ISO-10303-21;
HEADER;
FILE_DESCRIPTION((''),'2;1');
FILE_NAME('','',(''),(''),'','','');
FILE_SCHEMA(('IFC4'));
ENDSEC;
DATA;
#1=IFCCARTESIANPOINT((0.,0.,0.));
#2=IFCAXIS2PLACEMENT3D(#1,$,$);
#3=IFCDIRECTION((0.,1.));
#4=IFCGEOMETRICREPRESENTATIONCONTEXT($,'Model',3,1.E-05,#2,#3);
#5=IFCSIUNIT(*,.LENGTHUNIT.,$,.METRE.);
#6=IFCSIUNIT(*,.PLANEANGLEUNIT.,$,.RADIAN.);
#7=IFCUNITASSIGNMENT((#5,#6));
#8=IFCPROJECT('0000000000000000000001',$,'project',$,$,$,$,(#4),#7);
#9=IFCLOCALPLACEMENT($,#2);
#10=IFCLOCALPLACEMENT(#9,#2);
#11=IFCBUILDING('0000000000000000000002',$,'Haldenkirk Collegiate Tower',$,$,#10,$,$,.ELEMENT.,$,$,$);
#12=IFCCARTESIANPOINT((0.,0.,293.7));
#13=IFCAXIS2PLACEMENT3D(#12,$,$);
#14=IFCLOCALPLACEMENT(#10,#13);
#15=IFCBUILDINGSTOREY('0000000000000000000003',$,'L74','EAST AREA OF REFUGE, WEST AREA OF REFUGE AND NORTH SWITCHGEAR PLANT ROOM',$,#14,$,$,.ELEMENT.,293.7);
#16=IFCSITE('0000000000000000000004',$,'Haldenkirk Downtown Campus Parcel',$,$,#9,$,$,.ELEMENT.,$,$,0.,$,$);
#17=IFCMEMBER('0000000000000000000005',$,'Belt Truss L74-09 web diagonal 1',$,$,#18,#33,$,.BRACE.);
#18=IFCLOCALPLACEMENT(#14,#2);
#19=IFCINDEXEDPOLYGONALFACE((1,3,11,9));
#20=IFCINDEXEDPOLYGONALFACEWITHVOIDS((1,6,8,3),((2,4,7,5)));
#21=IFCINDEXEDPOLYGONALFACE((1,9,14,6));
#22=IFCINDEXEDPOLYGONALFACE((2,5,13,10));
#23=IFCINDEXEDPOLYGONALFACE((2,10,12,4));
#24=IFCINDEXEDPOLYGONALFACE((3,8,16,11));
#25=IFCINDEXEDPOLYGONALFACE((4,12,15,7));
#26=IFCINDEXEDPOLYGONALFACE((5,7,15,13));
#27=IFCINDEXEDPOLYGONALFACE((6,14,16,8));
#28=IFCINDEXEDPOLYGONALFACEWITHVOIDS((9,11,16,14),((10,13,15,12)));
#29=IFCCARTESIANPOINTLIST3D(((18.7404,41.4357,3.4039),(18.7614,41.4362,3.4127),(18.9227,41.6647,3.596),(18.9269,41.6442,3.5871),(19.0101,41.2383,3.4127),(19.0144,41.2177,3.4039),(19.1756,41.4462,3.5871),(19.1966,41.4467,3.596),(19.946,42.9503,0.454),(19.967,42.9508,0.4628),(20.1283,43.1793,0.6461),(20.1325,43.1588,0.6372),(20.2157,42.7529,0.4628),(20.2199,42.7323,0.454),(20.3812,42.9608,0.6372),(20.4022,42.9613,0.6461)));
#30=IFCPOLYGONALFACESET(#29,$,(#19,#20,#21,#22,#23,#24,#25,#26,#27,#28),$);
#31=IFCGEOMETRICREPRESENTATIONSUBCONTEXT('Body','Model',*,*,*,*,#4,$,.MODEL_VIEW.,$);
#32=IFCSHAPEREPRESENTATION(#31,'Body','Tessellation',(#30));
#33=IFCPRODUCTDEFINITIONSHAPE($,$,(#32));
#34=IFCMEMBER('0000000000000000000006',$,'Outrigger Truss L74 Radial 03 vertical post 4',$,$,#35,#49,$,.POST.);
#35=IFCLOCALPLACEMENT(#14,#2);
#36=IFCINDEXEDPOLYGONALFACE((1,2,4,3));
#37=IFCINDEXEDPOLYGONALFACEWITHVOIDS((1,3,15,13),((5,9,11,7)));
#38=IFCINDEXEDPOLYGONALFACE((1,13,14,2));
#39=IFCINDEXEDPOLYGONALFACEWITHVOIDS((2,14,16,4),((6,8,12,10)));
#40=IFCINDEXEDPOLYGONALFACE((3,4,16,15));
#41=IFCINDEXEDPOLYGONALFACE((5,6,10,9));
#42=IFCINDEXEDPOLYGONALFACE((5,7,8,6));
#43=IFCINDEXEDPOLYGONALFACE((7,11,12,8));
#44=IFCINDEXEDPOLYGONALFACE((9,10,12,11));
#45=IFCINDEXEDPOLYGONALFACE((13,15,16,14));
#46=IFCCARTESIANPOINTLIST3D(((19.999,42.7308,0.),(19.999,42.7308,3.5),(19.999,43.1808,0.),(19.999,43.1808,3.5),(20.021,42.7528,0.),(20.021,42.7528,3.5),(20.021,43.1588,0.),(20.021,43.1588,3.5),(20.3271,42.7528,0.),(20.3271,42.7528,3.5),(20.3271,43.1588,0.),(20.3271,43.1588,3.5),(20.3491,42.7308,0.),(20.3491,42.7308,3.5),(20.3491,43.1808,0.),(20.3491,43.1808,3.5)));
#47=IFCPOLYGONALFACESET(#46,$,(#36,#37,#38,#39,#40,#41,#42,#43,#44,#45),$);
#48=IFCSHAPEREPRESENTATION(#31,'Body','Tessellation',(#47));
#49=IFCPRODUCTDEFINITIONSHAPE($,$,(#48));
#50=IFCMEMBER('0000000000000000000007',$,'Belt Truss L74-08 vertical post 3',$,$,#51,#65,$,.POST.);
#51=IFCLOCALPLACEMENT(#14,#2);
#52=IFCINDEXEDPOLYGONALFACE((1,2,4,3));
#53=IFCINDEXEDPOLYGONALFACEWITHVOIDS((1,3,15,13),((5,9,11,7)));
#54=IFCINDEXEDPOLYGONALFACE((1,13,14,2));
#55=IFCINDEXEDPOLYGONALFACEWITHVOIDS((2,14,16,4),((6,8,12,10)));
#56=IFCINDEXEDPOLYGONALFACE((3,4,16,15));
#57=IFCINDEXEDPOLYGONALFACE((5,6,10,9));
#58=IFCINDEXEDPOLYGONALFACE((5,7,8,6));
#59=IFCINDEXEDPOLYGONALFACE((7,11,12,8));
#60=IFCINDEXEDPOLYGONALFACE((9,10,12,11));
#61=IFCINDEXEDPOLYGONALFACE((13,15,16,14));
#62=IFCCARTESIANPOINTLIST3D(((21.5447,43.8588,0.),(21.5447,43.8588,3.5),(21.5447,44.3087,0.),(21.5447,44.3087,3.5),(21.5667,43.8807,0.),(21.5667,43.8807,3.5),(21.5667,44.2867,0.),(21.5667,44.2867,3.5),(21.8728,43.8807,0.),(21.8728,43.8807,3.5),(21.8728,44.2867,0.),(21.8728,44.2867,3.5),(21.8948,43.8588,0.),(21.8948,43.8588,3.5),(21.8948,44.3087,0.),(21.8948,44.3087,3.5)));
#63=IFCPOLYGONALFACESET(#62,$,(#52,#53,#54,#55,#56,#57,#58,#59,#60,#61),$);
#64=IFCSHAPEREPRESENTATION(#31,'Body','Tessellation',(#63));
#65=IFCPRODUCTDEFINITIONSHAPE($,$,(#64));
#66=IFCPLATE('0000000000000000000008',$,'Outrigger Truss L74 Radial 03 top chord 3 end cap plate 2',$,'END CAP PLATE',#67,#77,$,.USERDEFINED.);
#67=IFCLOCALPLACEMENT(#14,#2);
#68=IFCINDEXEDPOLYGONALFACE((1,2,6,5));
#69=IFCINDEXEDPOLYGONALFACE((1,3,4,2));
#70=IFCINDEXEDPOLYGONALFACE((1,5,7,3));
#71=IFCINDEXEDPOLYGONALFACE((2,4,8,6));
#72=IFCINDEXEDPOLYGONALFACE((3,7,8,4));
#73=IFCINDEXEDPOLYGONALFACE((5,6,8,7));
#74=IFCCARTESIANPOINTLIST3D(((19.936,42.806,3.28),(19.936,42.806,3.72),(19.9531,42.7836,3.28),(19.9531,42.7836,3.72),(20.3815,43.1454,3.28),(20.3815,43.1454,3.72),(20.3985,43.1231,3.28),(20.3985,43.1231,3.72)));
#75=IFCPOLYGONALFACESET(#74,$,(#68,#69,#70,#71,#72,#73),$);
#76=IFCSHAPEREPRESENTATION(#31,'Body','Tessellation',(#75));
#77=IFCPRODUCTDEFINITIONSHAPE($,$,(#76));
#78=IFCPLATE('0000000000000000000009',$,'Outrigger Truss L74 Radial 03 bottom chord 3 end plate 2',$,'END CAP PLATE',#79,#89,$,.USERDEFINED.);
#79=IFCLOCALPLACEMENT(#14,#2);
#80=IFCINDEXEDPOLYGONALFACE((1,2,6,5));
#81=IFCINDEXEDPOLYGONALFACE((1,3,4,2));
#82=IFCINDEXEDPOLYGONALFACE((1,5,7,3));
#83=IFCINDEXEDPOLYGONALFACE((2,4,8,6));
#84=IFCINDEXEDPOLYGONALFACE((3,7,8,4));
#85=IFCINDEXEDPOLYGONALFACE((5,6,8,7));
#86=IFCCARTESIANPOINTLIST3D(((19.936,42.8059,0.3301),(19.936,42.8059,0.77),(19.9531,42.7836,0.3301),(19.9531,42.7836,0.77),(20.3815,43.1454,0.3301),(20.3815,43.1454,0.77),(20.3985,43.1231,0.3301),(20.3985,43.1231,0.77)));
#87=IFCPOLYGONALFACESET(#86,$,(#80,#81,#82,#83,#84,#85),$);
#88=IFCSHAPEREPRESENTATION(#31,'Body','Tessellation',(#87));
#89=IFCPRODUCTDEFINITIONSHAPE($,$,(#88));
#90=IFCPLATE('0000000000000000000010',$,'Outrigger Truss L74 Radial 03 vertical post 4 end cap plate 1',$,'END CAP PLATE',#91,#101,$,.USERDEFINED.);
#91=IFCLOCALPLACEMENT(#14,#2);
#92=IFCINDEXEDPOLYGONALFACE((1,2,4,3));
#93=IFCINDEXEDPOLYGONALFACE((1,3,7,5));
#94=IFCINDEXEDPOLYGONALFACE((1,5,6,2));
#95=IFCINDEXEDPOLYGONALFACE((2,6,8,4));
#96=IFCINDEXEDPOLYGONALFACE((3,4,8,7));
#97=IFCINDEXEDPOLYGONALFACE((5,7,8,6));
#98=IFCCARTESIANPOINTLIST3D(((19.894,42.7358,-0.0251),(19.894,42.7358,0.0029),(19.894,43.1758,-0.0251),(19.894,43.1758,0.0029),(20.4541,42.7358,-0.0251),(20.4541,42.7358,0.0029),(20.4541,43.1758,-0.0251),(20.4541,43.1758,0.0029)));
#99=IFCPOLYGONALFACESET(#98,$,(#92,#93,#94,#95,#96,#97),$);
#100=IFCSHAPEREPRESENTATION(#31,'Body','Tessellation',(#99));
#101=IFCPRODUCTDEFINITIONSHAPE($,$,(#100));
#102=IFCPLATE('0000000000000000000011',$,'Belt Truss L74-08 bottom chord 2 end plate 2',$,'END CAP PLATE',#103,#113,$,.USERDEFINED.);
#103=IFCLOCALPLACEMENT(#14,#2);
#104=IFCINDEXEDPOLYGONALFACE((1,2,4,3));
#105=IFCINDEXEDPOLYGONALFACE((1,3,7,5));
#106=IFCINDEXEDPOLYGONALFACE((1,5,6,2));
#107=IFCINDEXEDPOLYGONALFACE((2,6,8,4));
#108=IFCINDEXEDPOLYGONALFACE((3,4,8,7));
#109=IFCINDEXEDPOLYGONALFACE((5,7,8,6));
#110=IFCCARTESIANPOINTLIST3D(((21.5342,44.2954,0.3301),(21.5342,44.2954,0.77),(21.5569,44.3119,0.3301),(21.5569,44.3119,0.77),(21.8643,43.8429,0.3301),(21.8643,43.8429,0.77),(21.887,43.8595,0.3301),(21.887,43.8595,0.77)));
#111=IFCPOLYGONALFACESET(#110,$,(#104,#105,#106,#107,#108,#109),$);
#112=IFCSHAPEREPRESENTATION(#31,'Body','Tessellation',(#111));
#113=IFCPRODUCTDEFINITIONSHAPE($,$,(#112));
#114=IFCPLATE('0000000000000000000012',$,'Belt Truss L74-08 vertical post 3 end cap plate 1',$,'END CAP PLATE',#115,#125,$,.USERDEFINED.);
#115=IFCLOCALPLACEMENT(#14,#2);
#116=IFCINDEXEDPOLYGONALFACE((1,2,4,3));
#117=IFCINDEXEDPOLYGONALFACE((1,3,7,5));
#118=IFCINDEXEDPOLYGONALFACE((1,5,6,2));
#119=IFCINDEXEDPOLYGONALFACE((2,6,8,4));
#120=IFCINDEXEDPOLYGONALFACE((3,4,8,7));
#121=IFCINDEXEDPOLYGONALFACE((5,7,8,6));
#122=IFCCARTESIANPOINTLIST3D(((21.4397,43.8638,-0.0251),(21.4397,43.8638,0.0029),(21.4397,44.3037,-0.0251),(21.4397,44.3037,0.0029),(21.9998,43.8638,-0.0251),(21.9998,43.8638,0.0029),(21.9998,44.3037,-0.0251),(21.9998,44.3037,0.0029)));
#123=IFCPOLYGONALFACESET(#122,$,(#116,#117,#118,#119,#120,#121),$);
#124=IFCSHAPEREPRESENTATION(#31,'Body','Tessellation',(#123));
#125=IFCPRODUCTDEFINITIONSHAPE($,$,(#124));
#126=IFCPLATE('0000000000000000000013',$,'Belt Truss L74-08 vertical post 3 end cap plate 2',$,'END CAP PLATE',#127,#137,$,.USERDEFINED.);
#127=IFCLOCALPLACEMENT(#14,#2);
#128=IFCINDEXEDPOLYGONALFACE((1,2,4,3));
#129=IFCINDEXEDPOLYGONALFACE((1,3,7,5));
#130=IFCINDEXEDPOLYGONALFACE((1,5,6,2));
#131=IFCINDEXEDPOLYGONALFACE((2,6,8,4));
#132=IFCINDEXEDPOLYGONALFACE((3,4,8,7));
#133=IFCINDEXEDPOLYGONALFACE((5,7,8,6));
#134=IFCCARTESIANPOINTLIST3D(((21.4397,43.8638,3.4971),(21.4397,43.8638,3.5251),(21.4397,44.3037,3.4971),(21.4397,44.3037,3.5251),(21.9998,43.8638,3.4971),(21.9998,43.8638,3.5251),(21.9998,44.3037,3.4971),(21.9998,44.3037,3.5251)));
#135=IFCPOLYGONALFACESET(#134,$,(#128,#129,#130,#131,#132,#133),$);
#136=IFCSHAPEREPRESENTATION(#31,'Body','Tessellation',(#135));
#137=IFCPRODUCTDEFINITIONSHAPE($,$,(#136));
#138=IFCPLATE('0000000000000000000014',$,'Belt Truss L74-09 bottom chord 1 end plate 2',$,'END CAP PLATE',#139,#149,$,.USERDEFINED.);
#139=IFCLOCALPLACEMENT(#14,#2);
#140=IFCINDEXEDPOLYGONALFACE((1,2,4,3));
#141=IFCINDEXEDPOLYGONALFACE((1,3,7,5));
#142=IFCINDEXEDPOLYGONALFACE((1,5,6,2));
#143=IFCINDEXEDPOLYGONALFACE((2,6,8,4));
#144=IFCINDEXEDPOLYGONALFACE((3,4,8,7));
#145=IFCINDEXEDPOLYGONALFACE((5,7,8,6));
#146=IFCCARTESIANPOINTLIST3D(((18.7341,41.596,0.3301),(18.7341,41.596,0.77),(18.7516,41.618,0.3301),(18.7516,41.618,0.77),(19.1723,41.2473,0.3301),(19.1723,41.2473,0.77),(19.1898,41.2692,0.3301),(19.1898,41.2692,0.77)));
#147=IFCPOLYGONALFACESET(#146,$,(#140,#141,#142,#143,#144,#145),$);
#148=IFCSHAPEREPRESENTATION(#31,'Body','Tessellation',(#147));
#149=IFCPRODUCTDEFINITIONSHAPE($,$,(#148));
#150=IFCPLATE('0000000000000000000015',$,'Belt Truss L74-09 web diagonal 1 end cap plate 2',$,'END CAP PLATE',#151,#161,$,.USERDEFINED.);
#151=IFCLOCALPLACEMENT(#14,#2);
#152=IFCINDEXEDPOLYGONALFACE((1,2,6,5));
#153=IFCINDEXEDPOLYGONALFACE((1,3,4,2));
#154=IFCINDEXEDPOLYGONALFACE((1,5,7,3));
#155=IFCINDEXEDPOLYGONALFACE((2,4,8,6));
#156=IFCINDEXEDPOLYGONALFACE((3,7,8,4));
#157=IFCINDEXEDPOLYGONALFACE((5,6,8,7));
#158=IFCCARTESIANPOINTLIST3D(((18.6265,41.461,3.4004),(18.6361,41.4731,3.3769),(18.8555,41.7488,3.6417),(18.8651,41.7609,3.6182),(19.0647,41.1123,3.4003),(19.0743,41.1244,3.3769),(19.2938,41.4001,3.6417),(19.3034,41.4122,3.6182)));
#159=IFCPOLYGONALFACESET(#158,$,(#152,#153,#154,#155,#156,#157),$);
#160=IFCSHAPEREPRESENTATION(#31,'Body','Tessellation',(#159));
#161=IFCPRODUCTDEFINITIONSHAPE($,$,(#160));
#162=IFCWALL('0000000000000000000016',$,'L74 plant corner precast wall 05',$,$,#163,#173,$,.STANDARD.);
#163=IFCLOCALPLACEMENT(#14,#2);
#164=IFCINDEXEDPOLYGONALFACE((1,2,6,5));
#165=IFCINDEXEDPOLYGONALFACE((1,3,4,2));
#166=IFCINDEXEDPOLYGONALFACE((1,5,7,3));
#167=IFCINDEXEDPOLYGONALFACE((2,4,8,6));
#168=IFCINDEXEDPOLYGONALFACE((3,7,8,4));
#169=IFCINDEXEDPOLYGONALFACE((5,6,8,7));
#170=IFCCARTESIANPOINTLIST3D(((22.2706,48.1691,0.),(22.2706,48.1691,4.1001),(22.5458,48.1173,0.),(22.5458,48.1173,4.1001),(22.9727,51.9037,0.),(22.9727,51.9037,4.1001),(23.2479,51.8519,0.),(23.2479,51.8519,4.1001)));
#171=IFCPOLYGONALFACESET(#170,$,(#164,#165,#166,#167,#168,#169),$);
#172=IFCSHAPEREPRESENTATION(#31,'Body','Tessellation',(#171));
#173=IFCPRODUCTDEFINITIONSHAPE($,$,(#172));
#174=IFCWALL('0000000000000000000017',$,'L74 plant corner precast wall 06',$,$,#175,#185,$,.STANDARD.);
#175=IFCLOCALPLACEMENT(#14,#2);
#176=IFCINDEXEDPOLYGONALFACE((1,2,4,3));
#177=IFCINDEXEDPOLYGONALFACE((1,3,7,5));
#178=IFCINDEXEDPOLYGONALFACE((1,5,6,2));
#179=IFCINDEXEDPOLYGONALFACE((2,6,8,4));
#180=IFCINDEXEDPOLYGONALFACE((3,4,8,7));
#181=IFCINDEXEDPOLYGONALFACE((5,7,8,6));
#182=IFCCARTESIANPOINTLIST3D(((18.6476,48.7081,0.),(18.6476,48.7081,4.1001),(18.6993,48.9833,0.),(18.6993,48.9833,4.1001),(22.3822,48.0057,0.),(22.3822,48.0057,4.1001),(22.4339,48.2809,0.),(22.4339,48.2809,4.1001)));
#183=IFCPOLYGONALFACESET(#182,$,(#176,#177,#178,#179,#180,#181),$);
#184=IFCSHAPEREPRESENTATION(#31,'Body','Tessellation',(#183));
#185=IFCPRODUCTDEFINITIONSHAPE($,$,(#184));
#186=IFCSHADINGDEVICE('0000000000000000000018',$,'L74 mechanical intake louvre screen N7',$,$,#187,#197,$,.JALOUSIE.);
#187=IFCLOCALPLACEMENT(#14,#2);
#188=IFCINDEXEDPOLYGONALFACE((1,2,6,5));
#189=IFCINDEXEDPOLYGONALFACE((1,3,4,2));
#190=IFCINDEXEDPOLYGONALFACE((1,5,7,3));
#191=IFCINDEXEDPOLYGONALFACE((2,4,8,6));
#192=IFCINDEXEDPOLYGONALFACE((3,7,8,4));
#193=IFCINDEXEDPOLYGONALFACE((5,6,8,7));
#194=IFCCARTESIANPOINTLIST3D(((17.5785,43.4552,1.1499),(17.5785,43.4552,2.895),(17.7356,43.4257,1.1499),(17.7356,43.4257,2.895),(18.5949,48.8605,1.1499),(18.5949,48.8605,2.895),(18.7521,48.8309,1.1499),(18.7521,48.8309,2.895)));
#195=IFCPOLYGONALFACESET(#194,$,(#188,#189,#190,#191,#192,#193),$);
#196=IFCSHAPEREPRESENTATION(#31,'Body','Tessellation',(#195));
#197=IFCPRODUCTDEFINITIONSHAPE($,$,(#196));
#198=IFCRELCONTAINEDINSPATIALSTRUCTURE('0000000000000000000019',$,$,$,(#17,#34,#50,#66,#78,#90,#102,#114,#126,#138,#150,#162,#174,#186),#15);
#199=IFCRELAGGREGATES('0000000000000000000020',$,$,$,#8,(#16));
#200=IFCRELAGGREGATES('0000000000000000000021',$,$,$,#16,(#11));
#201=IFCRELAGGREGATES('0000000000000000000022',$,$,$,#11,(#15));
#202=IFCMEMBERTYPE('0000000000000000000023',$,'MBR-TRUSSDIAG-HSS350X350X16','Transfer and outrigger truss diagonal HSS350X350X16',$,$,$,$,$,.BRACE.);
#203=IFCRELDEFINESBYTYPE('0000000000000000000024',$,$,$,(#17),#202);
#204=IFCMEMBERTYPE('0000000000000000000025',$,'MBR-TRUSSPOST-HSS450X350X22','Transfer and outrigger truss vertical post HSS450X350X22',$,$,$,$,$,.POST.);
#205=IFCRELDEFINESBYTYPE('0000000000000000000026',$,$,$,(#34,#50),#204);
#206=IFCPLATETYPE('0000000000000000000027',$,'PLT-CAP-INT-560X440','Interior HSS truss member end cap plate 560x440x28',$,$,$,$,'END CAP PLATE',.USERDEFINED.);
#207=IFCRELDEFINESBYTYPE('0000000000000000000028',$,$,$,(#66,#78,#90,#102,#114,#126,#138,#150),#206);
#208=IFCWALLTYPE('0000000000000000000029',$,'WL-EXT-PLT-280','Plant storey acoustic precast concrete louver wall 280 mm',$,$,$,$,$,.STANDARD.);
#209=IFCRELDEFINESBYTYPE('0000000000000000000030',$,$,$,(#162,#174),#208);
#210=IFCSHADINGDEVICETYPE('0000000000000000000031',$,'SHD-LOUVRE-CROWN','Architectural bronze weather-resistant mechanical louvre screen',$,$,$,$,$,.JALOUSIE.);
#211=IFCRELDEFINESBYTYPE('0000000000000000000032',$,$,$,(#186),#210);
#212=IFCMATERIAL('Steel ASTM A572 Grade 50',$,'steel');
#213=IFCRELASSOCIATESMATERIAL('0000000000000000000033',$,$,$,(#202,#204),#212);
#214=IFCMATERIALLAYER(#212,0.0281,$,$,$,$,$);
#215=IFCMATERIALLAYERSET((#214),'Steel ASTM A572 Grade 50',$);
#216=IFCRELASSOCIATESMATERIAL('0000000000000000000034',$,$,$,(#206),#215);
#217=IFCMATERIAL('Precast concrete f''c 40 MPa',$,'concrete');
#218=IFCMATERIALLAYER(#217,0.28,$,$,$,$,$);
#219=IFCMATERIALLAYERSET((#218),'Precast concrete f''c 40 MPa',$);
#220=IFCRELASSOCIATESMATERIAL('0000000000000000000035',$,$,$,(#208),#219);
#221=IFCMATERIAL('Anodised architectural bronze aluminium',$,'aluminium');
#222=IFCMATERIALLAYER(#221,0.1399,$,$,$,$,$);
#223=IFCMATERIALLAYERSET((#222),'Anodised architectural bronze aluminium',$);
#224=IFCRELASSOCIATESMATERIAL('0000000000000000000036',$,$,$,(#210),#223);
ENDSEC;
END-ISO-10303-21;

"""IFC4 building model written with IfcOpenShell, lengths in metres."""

from ifc_helpers import new_model, si_unit, direction, frame, frame_2d, origin, origin_2d, place, context, subcontext, project, spatial, rectangle, hollow_rectangle, extrude, source, transform, mapped, material, layer, layer_set, material_profile, profile_set, type_object, element, save


model = new_model("IFC4")

# Units and contexts
model_context = context("Model", 3, precision=1e-05, world=origin(), true_north=direction((0.0, 1.0)))
body_context = subcontext(model_context, "Body", "Model", "MODEL_VIEW")
ifc_project = project(units=[si_unit("LENGTHUNIT", "METRE"), si_unit("PLANEANGLEUNIT", "RADIAN")], contexts=[model_context])

# Site, building, storey
site_placement = place(None, origin())
site = spatial("IfcSite", under=ifc_project, at=site_placement, Name="Haldenkirk Downtown Campus Parcel", CompositionType="ELEMENT", RefElevation=0.0)
building_placement = place(site_placement, origin())
building = spatial("IfcBuilding", under=site, at=building_placement, Name="Haldenkirk Collegiate Tower", CompositionType="ELEMENT")
storey_placement = place(building_placement, frame((0.0, 0.0, 293.7)))
storey = spatial("IfcBuildingStorey", under=building, at=storey_placement, Name="L74", Description="EAST AREA OF REFUGE, WEST AREA OF REFUGE AND NORTH SWITCHGEAR PLANT ROOM", CompositionType="ELEMENT", Elevation=293.7)

# Members
ifc_material_1 = material(Name="Steel ASTM A572 Grade 50", Category="steel")
ifc_material_profile_1 = material_profile(ifc_material_1, hollow_rectangle(XDim=0.3501, YDim=0.3501, WallThickness=0.0161, at=origin_2d()), Name="HSS350X350X16")
ifc_profile_set_1 = profile_set([ifc_material_profile_1], Name="Steel ASTM A572 Grade 50")
member_type_1 = type_object("IfcMemberType", Name="MBR-TRUSSDIAG-HSS350X350X16", Description="Transfer and outrigger truss diagonal HSS350X350X16", PredefinedType="BRACE", material=ifc_profile_set_1)
member_1_placement = place(storey_placement, frame((20.1741, 42.9558, 0.55), z_axis=(-0.341673, -0.429271, 0.836054), x_axis=(0.782417, -0.622755, 0.0)))
element("IfcMember", 1, at=member_1_placement, inside=storey, type_object=member_type_1, Name="Belt Truss L74-09 web diagonal 1", PredefinedType="BRACE", context=body_context, shape_type="SweptSolid", body=[
    extrude(hollow_rectangle(XDim=0.3501, YDim=0.3501, WallThickness=0.0161, at=origin_2d()), origin(), (0.0, 0.0, 1.0), 3.5283),
])
ifc_material_profile_2 = material_profile(ifc_material_1, hollow_rectangle(XDim=0.3501, YDim=0.45, WallThickness=0.022, at=origin_2d()), Name="HSS450X350X22")
ifc_profile_set_2 = profile_set([ifc_material_profile_2], Name="Steel ASTM A572 Grade 50")
member_type_2 = type_object("IfcMemberType", Name="MBR-TRUSSPOST-HSS450X350X22", Description="Transfer and outrigger truss vertical post HSS450X350X22", PredefinedType="POST", material=ifc_profile_set_2)
for number, where, z_axis, x_axis, name in (
    (2, (20.1741, 42.9558, 0.0), (0.0, 0.0, 1.0), (1.0, 0.0, 0.0), "Outrigger Truss L74 Radial 03 vertical post 4"),
    (3, (21.7197, 44.0837, 0.0), (0.0, 0.0, 1.0), (1.0, 0.0, 0.0), "Belt Truss L74-08 vertical post 3"),
):
    element("IfcMember", number, at=place(storey_placement, frame(where, z_axis=z_axis, x_axis=x_axis)), inside=storey, type_object=member_type_2, Name=name, PredefinedType="POST", context=body_context, shape_type="SweptSolid", body=[
        extrude(hollow_rectangle(XDim=0.3501, YDim=0.45, WallThickness=0.022, at=origin_2d()), origin(), (0.0, 0.0, 1.0), 3.5),
    ])

# Plates
ifc_layer_1 = layer(ifc_material_1, 0.0281)
ifc_layer_set_1 = layer_set([ifc_layer_1], Name="Steel ASTM A572 Grade 50")
plate_type = type_object("IfcPlateType", Name="PLT-CAP-INT-560X440", Description="Interior HSS truss member end cap plate 560x440x28", ElementType="END CAP PLATE", PredefinedType="USERDEFINED", material=ifc_layer_set_1)
shared_shape_1 = source(origin(), body_context, "Body", "SweptSolid", [
    extrude(rectangle(XDim=0.5601, YDim=0.4399, at=origin_2d()), origin(), (0.0, 0.0, 1.0), 0.0281),
])
for number, where, z_axis, x_axis, name in (
    (4, (20.1758, 42.9534, 3.5), (-0.606175, 0.795331, 0.0), (-0.795331, -0.606175, 0.0), "Outrigger Truss L74 Radial 03 top chord 3 end cap plate 2"),
    (5, (20.1758, 42.9534, 0.55), (-0.606185, 0.795324, 0.0), (-0.795324, -0.606185, 0.0), "Outrigger Truss L74 Radial 03 bottom chord 3 end plate 2"),
    (6, (20.1741, 42.9558, 0.0029), (0.0, 0.0, -1.0), (1.0, 0.0, 0.0), "Outrigger Truss L74 Radial 03 vertical post 4 end cap plate 1"),
    (7, (21.7219, 44.0857, 0.55), (-0.807802, -0.589454, 0.0), (0.589454, -0.807802, 0.0), "Belt Truss L74-08 bottom chord 2 end plate 2"),
    (8, (21.7197, 44.0837, 0.0029), (0.0, 0.0, -1.0), (1.0, 0.0, 0.0), "Belt Truss L74-08 vertical post 3 end cap plate 1"),
    (9, (21.7197, 44.0837, 3.4971), (0.0, 0.0, 1.0), (1.0, 0.0, 0.0), "Belt Truss L74-08 vertical post 3 end cap plate 2"),
    (10, (18.9707, 41.4436, 0.55), (-0.622688, -0.782471, 0.0), (0.782471, -0.622688, 0.0), "Belt Truss L74-09 bottom chord 1 end plate 2"),
    (11, (18.9697, 41.4426, 3.4976), (-0.341625, -0.429285, 0.836066), (0.782469, -0.62269, 0.0), "Belt Truss L74-09 web diagonal 1 end cap plate 2"),
):
    element("IfcPlate", number, at=place(storey_placement, frame(where, z_axis=z_axis, x_axis=x_axis)), inside=storey, type_object=plate_type, Name=name, ObjectType="END CAP PLATE", PredefinedType="USERDEFINED", context=body_context, shape_type="MappedRepresentation", body=[
        mapped(shared_shape_1, transform((0.0, 0.0, 0.0), x_axis=(1.0, 0.0, 0.0), y_axis=(0.0, 1.0, 0.0), z_axis=(0.0, 0.0, 1.0), scale=1.0)),
    ])

# Walls
ifc_material_2 = material(Name="Precast concrete f'c 40 MPa", Category="concrete")
ifc_layer_2 = layer(ifc_material_2, 0.28)
ifc_layer_set_2 = layer_set([ifc_layer_2], Name="Precast concrete f'c 40 MPa")
wall_type = type_object("IfcWallType", Name="WL-EXT-PLT-280", Description="Plant storey acoustic precast concrete louver wall 280 mm", PredefinedType="STANDARD", material=ifc_layer_set_2)
for number, where, z_axis, x_axis, name in (
    (12, (22.4082, 48.1433, 0.0), (0.0, 0.0, 1.0), (0.184773, 0.982781, 0.0), "L74 plant corner precast wall 05"),
    (13, (18.6736, 48.8457, 0.0), (0.0, 0.0, 1.0), (0.982769, -0.184835, 0.0), "L74 plant corner precast wall 06"),
):
    element("IfcWall", number, at=place(storey_placement, frame(where, z_axis=z_axis, x_axis=x_axis)), inside=storey, type_object=wall_type, Name=name, PredefinedType="STANDARD", context=body_context, shape_type="SweptSolid", body=[
        extrude(rectangle(XDim=3.8, YDim=0.28, at=frame_2d((1.8999, 0.0))), origin(), (0.0, 0.0, 1.0), 4.1001),
    ])

# Shading device
ifc_material_3 = material(Name="Anodised architectural bronze aluminium", Category="aluminium")
ifc_layer_3 = layer(ifc_material_3, 0.1399)
ifc_layer_set_3 = layer_set([ifc_layer_3], Name="Anodised architectural bronze aluminium")
shading_device_type = type_object("IfcShadingDeviceType", Name="SHD-LOUVRE-CROWN", Description="Architectural bronze weather-resistant mechanical louvre screen", PredefinedType="JALOUSIE", material=ifc_layer_set_3)
shared_shape_2 = source(origin(), body_context, "Body", "SweptSolid", [
    extrude(rectangle(XDim=5.5, YDim=0.1599, at=origin_2d()), origin(), (0.0, 0.0, 1.0), 1.7451),
])
shading_device_placement = place(storey_placement, frame((18.1653, 46.1431, 1.1499), z_axis=(0.0, 0.0, 1.0), x_axis=(0.184809, 0.982774, 0.0)))
element("IfcShadingDevice", 14, at=shading_device_placement, inside=storey, type_object=shading_device_type, Name="L74 mechanical intake louvre screen N7", PredefinedType="JALOUSIE", context=body_context, shape_type="MappedRepresentation", body=[
    mapped(shared_shape_2, transform((0.0, 0.0, 0.0), x_axis=(1.0, 0.0, 0.0), y_axis=(0.0, 1.0, 0.0), z_axis=(0.0, 0.0, 1.0), scale=1.0)),
])

save(model, "model.ifc")
